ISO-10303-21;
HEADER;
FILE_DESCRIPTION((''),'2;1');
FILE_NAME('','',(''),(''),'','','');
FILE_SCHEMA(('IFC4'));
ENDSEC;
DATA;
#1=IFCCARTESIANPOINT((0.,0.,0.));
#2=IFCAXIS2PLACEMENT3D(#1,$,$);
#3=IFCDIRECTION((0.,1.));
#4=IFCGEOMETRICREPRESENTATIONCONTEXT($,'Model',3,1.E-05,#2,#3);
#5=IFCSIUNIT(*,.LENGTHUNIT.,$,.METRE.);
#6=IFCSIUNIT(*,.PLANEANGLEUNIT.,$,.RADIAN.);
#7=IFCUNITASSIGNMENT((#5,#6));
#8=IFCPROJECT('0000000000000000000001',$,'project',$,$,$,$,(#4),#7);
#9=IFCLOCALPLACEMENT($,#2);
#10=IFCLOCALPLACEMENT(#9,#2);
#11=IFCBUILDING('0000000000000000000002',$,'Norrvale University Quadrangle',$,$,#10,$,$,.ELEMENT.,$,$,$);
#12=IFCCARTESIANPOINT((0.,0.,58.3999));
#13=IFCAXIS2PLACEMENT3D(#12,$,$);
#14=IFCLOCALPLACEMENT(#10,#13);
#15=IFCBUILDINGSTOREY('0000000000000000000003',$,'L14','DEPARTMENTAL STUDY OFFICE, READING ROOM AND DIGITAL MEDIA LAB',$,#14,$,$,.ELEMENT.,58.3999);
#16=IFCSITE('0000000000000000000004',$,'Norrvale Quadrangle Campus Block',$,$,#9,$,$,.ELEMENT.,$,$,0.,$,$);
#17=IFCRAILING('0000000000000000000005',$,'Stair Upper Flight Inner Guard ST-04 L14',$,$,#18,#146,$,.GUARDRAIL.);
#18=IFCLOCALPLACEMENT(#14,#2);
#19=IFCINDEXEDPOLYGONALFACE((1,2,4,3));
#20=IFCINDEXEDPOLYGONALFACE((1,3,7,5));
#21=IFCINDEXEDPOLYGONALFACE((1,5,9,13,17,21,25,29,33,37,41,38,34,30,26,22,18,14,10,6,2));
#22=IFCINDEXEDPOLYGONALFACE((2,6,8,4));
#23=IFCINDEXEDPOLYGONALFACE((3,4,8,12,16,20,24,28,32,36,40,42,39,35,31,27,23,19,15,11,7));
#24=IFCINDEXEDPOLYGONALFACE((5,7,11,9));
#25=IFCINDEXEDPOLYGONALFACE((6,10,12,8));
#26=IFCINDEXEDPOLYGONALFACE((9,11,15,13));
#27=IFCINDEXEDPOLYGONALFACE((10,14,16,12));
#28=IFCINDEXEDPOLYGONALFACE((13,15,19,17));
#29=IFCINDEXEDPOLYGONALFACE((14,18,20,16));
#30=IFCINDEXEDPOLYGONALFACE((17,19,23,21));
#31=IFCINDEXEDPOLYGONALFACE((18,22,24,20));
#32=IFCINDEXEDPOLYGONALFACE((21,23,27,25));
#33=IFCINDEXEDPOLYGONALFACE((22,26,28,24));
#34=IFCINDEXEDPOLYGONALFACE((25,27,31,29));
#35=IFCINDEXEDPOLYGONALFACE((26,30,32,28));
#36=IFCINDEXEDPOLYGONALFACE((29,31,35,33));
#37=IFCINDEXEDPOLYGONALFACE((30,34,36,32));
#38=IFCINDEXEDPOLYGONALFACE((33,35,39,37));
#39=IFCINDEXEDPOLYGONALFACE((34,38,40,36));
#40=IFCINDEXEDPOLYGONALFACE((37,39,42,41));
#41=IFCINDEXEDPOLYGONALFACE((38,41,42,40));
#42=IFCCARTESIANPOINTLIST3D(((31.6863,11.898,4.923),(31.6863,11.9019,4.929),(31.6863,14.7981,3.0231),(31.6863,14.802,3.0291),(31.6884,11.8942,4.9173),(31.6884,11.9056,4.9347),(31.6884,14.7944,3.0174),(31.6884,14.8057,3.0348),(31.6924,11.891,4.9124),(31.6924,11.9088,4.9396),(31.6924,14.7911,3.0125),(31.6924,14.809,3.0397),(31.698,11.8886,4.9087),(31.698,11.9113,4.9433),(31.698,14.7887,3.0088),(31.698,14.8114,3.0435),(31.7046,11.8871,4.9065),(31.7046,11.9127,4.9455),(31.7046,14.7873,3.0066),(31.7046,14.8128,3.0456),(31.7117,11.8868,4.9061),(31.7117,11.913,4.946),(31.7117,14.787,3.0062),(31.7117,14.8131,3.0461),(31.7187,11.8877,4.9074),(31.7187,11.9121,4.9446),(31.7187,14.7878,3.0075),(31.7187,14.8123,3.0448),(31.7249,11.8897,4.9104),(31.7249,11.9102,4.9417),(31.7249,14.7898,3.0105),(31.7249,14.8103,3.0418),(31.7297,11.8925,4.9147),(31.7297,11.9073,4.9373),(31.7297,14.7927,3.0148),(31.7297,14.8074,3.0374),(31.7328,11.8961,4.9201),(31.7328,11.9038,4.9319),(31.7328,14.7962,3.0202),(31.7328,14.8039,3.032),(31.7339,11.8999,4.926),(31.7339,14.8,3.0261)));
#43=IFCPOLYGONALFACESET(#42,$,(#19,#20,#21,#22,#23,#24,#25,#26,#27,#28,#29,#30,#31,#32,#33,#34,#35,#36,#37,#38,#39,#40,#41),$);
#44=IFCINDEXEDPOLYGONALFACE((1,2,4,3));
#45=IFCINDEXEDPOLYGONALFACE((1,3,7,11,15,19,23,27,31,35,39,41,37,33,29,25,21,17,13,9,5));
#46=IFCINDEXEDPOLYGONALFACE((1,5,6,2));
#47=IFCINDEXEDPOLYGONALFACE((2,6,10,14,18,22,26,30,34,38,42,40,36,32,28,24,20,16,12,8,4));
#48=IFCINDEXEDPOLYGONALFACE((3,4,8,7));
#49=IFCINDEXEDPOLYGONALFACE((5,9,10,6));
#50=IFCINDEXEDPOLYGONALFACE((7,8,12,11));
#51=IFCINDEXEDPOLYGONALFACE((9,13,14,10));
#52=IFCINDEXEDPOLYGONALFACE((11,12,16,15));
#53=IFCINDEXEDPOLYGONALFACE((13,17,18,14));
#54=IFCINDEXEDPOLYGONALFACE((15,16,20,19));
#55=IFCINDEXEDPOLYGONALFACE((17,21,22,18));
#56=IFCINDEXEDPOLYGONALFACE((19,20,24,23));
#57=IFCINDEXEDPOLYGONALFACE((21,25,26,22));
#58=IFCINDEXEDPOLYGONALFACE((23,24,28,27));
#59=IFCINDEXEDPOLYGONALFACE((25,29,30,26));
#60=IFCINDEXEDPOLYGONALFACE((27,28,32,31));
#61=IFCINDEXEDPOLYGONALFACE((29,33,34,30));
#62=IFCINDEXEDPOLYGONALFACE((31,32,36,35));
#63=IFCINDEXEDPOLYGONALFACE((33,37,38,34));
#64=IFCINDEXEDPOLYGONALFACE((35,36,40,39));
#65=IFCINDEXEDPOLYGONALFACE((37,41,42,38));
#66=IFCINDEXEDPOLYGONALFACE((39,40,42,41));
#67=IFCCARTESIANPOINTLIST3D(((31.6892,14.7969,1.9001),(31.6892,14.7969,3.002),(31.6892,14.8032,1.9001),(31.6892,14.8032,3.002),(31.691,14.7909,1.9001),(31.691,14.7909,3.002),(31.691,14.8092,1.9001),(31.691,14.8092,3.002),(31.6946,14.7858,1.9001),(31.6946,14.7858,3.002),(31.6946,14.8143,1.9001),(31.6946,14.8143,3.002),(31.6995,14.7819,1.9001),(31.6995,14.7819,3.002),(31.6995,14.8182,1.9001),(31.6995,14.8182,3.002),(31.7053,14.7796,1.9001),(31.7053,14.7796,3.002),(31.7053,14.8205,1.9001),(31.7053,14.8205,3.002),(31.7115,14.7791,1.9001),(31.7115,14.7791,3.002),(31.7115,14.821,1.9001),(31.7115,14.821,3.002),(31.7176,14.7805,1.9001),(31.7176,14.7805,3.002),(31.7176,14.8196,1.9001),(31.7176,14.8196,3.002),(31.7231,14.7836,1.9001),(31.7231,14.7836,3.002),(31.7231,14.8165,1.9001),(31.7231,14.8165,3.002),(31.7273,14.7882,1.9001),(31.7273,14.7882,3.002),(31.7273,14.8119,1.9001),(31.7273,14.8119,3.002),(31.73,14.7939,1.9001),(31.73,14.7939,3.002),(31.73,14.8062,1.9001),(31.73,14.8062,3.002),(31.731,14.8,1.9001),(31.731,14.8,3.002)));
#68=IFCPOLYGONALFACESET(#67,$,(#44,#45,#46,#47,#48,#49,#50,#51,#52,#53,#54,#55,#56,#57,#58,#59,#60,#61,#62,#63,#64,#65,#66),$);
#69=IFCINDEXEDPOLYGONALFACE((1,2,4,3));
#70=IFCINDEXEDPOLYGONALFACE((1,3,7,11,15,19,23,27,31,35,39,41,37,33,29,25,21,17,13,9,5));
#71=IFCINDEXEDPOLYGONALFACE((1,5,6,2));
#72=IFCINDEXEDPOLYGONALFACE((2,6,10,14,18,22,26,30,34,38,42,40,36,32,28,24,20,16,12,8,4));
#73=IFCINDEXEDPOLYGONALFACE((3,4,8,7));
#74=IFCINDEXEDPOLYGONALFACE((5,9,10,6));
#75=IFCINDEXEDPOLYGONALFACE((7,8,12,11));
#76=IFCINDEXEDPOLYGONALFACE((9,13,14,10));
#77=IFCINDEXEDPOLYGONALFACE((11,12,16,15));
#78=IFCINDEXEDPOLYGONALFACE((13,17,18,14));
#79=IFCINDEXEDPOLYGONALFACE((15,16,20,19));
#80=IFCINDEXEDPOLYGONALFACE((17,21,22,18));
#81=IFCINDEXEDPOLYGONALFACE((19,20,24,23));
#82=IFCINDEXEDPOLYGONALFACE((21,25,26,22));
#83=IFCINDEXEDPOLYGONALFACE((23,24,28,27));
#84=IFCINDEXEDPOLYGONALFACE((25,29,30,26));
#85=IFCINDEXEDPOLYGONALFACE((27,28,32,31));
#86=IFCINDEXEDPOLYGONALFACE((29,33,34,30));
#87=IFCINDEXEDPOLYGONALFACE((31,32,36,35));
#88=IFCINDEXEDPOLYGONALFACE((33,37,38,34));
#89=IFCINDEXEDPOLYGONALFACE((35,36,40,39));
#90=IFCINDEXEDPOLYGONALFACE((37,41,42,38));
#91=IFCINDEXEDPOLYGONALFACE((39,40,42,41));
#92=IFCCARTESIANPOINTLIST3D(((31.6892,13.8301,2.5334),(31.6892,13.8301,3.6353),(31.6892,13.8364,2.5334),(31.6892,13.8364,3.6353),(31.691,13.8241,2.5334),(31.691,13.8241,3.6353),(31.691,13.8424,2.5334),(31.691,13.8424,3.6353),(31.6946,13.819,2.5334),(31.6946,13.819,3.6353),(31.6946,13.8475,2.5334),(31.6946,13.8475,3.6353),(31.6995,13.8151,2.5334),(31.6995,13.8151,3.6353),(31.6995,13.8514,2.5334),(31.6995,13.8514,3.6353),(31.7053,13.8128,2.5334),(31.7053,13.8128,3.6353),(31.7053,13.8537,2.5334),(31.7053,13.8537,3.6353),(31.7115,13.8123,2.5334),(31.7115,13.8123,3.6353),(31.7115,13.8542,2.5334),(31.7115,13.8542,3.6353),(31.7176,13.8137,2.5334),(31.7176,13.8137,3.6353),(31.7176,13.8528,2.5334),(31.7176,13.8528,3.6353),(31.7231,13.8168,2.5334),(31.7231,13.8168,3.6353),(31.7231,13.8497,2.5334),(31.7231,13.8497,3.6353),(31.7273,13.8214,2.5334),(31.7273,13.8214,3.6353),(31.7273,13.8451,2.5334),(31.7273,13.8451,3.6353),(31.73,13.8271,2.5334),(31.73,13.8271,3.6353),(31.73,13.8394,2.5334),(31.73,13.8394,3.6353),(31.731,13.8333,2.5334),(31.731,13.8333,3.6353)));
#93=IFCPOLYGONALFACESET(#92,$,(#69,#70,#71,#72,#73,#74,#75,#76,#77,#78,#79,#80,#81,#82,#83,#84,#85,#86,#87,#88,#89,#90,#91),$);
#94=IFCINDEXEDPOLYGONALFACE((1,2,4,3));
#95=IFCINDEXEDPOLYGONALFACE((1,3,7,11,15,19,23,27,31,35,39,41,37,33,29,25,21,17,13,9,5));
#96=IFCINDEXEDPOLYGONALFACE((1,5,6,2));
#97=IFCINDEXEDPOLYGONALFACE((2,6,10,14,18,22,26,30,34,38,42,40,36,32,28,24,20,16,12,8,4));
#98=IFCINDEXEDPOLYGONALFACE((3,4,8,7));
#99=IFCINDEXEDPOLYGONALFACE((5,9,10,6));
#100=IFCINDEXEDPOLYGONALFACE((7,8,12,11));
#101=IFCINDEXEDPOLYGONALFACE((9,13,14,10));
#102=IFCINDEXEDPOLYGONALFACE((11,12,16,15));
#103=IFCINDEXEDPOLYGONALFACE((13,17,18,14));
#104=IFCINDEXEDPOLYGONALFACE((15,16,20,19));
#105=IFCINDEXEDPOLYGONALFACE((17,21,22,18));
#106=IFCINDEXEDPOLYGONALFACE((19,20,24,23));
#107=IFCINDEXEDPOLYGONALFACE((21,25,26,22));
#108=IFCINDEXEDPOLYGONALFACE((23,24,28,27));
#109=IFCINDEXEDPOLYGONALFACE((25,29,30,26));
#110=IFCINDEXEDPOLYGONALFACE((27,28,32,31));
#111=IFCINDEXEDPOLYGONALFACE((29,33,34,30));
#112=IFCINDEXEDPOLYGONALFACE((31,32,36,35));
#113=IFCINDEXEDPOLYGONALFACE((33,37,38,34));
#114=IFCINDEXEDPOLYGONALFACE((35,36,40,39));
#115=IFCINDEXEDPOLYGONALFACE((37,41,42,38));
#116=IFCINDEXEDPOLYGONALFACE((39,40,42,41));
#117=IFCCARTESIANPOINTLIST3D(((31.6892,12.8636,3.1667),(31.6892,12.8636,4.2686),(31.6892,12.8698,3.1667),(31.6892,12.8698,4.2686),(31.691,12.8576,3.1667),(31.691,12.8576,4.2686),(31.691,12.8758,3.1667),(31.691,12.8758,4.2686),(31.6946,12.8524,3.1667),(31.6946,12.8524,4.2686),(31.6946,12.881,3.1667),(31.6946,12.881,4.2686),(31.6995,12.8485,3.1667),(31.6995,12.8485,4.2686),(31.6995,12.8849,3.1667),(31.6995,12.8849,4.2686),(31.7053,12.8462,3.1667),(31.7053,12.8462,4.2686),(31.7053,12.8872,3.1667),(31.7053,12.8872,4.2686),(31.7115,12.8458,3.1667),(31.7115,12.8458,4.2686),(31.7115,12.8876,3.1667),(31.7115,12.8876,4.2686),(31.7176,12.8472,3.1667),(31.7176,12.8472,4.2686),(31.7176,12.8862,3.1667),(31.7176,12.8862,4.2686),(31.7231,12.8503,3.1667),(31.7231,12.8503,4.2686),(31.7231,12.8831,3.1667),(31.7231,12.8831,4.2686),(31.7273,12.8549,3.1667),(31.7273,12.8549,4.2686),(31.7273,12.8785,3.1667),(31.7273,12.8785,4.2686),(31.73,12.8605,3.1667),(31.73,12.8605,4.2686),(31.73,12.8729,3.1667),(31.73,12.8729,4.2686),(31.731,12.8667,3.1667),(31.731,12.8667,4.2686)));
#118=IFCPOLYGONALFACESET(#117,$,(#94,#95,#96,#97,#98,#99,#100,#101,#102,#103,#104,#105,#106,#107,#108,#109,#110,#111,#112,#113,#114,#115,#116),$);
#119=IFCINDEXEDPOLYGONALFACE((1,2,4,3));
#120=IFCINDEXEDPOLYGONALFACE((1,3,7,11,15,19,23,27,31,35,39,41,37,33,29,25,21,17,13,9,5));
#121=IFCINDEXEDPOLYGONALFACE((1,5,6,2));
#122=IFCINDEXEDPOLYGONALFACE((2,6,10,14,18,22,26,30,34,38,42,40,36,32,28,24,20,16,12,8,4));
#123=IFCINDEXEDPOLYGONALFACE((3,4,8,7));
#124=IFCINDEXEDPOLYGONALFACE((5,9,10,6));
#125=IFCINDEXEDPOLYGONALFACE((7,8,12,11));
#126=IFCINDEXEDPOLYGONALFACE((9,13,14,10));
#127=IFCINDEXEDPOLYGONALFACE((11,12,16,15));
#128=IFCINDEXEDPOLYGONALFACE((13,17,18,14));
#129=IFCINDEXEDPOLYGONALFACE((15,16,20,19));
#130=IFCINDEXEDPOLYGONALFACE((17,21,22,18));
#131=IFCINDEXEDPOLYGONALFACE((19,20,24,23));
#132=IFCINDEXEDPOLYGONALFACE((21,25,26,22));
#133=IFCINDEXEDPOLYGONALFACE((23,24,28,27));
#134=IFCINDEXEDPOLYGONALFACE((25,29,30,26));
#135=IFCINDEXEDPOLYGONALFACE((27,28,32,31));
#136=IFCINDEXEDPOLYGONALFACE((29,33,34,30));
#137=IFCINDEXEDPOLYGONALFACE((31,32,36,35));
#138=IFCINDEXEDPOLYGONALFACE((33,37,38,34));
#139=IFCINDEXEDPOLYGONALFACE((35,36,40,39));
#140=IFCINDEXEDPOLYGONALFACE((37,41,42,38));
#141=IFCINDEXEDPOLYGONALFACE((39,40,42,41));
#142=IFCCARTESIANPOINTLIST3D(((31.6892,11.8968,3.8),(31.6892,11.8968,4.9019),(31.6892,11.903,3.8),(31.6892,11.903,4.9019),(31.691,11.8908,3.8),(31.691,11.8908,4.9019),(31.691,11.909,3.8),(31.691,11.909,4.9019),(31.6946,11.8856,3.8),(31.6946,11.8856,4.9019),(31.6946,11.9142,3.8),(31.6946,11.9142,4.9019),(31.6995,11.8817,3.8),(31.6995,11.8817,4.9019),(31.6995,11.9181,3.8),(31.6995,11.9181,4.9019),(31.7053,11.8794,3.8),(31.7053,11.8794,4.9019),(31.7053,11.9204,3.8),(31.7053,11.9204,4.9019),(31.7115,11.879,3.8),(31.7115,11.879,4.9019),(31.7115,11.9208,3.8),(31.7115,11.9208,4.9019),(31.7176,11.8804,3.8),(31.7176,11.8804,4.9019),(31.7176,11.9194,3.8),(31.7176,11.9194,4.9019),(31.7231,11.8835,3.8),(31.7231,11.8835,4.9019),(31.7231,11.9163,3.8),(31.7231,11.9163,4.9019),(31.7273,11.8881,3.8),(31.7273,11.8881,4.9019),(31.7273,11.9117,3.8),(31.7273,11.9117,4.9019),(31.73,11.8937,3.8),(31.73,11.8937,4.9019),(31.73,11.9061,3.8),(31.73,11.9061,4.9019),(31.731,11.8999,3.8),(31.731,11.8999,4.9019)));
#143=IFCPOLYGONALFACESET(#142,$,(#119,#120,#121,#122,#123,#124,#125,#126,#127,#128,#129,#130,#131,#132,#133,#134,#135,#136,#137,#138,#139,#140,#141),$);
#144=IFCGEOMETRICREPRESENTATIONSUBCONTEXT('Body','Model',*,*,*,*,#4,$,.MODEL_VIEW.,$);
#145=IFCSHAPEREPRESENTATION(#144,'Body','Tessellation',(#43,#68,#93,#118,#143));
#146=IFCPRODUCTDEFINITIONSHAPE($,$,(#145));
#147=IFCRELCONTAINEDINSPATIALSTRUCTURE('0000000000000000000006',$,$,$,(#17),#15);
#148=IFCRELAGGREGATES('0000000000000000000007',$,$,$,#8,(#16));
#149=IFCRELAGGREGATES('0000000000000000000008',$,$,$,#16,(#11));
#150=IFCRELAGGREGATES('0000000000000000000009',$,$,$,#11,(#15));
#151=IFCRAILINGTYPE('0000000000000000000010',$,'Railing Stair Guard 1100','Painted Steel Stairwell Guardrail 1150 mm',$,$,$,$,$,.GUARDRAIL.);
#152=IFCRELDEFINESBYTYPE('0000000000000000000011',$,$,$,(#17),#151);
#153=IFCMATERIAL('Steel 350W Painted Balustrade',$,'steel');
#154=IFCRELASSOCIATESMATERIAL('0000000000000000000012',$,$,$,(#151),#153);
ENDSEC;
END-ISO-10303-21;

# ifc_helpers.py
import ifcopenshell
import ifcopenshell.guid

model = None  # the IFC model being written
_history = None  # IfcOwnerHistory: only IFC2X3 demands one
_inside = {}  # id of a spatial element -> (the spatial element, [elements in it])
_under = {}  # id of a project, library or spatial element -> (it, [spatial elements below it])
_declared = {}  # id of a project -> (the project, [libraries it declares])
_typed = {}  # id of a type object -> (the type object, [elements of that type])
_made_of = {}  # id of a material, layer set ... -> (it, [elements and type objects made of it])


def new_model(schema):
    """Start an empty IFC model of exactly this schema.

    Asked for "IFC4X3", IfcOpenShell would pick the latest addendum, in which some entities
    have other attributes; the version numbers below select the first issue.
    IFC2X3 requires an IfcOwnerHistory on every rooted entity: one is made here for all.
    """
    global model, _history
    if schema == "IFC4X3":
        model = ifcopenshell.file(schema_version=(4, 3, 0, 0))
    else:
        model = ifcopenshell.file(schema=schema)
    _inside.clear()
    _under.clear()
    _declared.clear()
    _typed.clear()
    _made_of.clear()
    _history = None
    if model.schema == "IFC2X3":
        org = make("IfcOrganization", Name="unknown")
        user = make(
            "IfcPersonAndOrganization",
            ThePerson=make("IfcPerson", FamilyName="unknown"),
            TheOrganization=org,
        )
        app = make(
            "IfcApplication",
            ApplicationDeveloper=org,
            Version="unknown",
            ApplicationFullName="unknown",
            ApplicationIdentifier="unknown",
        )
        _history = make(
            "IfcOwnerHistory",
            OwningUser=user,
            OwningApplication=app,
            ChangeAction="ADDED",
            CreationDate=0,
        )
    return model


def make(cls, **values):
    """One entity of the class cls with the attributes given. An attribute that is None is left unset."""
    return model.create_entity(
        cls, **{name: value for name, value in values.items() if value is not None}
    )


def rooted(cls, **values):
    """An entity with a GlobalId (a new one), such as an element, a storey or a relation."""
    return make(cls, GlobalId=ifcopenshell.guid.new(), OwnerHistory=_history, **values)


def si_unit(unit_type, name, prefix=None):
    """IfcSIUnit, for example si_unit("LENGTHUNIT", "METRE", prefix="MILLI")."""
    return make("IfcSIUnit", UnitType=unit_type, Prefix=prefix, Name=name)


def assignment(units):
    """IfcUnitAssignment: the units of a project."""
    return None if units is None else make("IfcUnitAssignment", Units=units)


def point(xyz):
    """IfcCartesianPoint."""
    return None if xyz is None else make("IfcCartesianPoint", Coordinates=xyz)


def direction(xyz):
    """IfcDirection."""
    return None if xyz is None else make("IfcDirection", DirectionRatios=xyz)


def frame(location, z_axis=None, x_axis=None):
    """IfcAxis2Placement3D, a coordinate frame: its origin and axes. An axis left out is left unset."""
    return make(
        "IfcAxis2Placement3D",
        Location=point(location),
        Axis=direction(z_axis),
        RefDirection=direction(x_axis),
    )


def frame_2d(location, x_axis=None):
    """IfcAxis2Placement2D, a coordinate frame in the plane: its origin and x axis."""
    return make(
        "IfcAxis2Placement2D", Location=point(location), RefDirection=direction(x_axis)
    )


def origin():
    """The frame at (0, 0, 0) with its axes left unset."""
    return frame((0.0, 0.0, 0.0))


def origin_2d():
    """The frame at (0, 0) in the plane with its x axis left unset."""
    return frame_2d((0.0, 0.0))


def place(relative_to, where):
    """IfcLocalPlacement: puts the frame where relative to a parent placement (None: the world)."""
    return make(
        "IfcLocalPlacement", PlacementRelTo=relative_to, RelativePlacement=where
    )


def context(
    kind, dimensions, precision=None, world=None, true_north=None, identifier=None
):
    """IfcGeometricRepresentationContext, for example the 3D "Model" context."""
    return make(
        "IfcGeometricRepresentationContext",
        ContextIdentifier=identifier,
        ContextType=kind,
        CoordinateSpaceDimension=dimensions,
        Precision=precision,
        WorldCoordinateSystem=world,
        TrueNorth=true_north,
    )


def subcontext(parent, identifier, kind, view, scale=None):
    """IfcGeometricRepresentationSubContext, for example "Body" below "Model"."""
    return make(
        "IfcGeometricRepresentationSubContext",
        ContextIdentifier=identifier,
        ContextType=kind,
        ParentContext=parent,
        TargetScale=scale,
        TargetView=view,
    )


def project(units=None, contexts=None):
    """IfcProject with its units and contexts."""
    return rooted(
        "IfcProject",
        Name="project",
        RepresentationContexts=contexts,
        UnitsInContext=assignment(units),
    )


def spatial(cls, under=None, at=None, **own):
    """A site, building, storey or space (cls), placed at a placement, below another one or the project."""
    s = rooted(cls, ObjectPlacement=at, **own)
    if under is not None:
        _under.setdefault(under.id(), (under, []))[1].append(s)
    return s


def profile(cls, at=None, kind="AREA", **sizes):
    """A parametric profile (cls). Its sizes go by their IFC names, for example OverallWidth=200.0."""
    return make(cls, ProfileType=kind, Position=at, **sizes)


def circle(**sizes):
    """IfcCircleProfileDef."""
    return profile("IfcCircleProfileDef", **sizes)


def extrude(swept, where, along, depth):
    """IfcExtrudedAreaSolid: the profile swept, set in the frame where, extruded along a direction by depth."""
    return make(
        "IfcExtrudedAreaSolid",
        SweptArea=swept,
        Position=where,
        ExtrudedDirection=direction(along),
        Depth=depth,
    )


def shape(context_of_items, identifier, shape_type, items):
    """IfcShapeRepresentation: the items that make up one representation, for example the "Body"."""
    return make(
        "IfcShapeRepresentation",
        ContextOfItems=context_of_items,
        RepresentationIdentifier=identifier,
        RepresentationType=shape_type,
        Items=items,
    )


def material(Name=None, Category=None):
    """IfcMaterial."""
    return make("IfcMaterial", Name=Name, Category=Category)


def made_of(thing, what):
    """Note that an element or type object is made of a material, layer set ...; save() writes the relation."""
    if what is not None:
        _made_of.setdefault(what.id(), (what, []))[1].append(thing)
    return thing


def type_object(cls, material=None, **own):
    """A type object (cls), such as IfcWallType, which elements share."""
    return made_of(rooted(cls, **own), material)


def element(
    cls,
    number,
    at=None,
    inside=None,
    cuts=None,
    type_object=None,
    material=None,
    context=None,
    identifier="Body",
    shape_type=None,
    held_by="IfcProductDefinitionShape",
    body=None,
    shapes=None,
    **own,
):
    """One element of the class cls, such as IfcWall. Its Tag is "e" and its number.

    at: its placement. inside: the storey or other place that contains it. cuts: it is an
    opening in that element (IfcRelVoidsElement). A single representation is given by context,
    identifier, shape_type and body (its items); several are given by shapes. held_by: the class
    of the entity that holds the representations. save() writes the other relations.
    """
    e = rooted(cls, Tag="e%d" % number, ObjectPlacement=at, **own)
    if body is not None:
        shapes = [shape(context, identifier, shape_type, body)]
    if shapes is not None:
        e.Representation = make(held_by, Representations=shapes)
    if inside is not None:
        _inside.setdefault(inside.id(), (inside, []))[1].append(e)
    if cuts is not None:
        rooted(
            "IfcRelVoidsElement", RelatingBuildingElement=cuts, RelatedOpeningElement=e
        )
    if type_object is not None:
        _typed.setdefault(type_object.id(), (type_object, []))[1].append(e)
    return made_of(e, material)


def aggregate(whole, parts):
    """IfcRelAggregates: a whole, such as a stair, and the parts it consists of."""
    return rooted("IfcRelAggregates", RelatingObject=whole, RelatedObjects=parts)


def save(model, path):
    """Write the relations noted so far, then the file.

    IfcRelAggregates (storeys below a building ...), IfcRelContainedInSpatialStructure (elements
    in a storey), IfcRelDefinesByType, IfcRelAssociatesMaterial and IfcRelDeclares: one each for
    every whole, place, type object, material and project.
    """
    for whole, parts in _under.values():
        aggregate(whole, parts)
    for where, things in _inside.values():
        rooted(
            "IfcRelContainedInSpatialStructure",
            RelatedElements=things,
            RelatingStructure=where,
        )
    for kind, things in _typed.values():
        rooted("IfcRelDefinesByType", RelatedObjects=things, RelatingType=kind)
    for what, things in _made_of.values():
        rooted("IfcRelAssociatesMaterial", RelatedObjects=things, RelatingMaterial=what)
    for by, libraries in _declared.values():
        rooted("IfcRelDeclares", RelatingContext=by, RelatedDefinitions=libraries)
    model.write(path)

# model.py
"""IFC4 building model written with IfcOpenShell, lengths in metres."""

from ifc_helpers import new_model, si_unit, direction, frame, origin, origin_2d, place, context, subcontext, project, spatial, circle, extrude, material, type_object, element, save


model = new_model("IFC4")

# Units and contexts
model_context = context("Model", 3, precision=1e-05, world=origin(), true_north=direction((0.0, 1.0)))
body_context = subcontext(model_context, "Body", "Model", "MODEL_VIEW")
ifc_project = project(units=[si_unit("LENGTHUNIT", "METRE"), si_unit("PLANEANGLEUNIT", "RADIAN")], contexts=[model_context])

# Site, building, storey
site_placement = place(None, origin())
site = spatial("IfcSite", under=ifc_project, at=site_placement, Name="Norrvale Quadrangle Campus Block", CompositionType="ELEMENT", RefElevation=0.0)
building_placement = place(site_placement, origin())
building = spatial("IfcBuilding", under=site, at=building_placement, Name="Norrvale University Quadrangle", CompositionType="ELEMENT")
storey_placement = place(building_placement, frame((0.0, 0.0, 58.3999)))
storey = spatial("IfcBuildingStorey", under=building, at=storey_placement, Name="L14", Description="DEPARTMENTAL STUDY OFFICE, READING ROOM AND DIGITAL MEDIA LAB", CompositionType="ELEMENT", Elevation=58.3999)

# Railing
ifc_material_1 = material(Name="Steel 350W Painted Balustrade", Category="steel")
railing_type_1 = type_object("IfcRailingType", Name="Railing Stair Guard 1100", Description="Painted Steel Stairwell Guardrail 1150 mm", PredefinedType="GUARDRAIL", material=ifc_material_1)
railing_1_placement = place(storey_placement, frame((31.71, 14.8, 1.9001)))
element("IfcRailing", 1, at=railing_1_placement, inside=storey, type_object=railing_type_1, Name="Stair Upper Flight Inner Guard ST-04 L14", PredefinedType="GUARDRAIL", context=body_context, shape_type="SweptSolid", body=[
    extrude(circle(Radius=0.0239, at=origin_2d()), frame((0.0, 0.0, 1.126), z_axis=(0.0, -0.836487, 0.547987), x_axis=(1.0, 0.0, 0.0)), (0.0, 0.0, 1.0), 3.467),
    extrude(circle(Radius=0.021, at=origin_2d()), origin(), (0.0, 0.0, 1.0), 1.1018),
    extrude(circle(Radius=0.021, at=origin_2d()), frame((0.0, -0.9668, 0.6333)), (0.0, 0.0, 1.0), 1.1018),
    extrude(circle(Radius=0.021, at=origin_2d()), frame((0.0, -1.9333, 1.2666)), (0.0, 0.0, 1.0), 1.1018),
    extrude(circle(Radius=0.021, at=origin_2d()), frame((0.0, -2.9001, 1.8999)), (0.0, 0.0, 1.0), 1.1018),
])

save(model, "model.ifc")
